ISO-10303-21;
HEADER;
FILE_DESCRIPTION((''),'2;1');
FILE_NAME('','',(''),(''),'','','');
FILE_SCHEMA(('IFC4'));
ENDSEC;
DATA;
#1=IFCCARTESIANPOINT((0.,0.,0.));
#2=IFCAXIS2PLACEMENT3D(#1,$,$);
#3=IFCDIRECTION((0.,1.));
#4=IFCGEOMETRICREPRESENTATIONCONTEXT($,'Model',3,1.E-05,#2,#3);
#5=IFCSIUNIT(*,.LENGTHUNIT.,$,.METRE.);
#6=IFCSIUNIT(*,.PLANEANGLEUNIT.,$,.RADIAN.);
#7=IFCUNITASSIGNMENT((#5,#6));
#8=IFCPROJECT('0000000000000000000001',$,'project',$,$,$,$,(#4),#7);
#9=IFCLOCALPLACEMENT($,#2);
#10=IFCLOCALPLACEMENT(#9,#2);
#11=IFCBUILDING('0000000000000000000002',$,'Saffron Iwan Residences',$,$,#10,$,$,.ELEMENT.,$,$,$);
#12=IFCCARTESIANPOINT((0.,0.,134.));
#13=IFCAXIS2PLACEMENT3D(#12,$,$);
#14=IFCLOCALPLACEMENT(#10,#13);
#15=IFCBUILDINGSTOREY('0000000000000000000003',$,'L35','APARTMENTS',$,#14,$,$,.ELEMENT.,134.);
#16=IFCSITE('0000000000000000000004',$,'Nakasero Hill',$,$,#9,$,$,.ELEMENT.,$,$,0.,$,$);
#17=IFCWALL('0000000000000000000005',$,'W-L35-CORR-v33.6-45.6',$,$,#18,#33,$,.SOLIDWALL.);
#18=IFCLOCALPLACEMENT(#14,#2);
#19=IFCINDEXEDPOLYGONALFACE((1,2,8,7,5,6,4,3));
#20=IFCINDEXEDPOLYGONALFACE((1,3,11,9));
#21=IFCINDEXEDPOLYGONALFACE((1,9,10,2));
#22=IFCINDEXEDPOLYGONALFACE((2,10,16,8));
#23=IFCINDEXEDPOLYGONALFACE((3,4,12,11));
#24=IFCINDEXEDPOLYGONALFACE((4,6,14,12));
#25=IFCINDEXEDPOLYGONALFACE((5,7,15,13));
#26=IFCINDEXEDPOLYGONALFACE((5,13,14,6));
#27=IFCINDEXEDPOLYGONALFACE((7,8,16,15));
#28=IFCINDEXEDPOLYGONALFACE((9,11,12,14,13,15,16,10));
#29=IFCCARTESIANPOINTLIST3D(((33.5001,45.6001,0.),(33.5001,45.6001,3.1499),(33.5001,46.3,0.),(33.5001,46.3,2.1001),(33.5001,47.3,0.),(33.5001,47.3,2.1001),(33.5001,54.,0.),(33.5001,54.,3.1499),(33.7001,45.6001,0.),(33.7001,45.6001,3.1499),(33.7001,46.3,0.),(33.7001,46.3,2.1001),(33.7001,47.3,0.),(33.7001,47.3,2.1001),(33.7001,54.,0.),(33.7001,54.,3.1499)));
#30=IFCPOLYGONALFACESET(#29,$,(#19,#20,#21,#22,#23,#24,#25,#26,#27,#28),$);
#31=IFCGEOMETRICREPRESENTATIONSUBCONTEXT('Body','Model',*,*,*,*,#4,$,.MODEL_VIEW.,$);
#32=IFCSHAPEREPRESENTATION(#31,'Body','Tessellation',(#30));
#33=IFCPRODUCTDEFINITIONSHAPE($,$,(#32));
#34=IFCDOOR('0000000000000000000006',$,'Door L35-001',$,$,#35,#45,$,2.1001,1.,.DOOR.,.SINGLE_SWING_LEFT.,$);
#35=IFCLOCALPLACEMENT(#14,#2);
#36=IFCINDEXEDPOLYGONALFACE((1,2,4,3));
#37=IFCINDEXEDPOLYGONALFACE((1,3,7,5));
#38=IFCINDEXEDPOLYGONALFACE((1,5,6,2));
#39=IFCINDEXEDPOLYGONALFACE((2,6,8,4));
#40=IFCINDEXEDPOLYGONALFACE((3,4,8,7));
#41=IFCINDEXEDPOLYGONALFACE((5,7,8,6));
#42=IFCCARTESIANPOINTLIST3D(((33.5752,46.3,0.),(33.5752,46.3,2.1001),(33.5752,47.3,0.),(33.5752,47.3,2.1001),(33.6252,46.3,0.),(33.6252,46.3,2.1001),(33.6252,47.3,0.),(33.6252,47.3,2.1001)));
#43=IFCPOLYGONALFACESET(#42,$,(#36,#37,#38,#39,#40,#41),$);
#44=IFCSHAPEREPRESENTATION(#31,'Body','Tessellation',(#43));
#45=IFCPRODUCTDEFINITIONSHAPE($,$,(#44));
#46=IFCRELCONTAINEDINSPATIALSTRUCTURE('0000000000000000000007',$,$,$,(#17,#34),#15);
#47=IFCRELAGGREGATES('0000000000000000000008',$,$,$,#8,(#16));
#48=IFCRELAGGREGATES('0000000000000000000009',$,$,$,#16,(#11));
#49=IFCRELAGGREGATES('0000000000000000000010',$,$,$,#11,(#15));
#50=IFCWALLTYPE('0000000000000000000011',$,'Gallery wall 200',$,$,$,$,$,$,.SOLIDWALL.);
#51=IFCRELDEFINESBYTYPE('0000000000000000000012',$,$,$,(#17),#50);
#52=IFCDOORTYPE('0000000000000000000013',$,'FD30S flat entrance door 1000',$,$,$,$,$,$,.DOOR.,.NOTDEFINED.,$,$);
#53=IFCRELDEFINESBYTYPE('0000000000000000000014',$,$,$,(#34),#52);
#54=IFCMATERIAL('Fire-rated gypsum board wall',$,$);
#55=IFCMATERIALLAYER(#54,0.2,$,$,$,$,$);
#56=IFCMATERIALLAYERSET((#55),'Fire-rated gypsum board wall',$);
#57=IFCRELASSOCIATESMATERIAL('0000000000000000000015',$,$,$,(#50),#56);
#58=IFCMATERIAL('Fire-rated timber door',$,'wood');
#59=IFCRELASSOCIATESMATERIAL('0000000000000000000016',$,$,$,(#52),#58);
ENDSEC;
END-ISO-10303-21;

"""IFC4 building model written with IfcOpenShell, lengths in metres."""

from ifc_helpers import new_model, si_unit, direction, frame, frame_2d, origin, place, context, subcontext, project, spatial, rectangle, extrude, material, layer, layer_set, type_object, element, fill, save


model = new_model("IFC4")

# Units and contexts
model_context = context("Model", 3, precision=1e-05, world=origin(), true_north=direction((0.0, 1.0)))
body_context = subcontext(model_context, "Body", "Model", "MODEL_VIEW")
ifc_project = project(units=[si_unit("LENGTHUNIT", "METRE"), si_unit("PLANEANGLEUNIT", "RADIAN")], contexts=[model_context])

# Site, building, storey
site_placement = place(None, origin())
site = spatial("IfcSite", under=ifc_project, at=site_placement, Name="Nakasero Hill", CompositionType="ELEMENT", RefElevation=0.0)
building_placement = place(site_placement, origin())
building = spatial("IfcBuilding", under=site, at=building_placement, Name="Saffron Iwan Residences", CompositionType="ELEMENT")
storey_placement = place(building_placement, frame((0.0, 0.0, 134.0)))
storey = spatial("IfcBuildingStorey", under=building, at=storey_placement, Name="L35", Description="APARTMENTS", CompositionType="ELEMENT", Elevation=134.0)

# Wall, opening, door
ifc_material_1 = material(Name="Fire-rated gypsum board wall")
ifc_layer_1 = layer(ifc_material_1, 0.2)
ifc_layer_set_1 = layer_set([ifc_layer_1], Name="Fire-rated gypsum board wall")
wall_type_1 = type_object("IfcWallType", Name="Gallery wall 200", PredefinedType="SOLIDWALL", material=ifc_layer_set_1)
wall_1_placement = place(storey_placement, frame((33.6001, 45.6001, 0.0), z_axis=(0.0, 0.0, 1.0), x_axis=(0.0, 1.0, 0.0)))
wall_1 = element("IfcWall", 1, at=wall_1_placement, inside=storey, type_object=wall_type_1, Name="W-L35-CORR-v33.6-45.6", PredefinedType="SOLIDWALL", context=body_context, shape_type="SweptSolid", body=[
    extrude(rectangle(XDim=8.3999, YDim=0.2, at=frame_2d((4.2, 0.0))), origin(), (0.0, 0.0, 1.0), 3.1499),
])
opening_1_placement = place(wall_1_placement, frame((0.7, 0.0, 0.0)))
opening_1 = element("IfcOpeningElement", 2, at=opening_1_placement, cuts=wall_1, PredefinedType="OPENING", context=body_context, shape_type="SweptSolid", body=[
    extrude(rectangle(XDim=1.0, YDim=2.1001, at=frame_2d((0.5, 1.05))), frame((0.0, 0.1099, 0.0), z_axis=(0.0, -1.0, 0.0), x_axis=(1.0, 0.0, 0.0)), (0.0, 0.0, 1.0), 0.22),
])
ifc_material_2 = material(Name="Fire-rated timber door", Category="wood")
door_type_1 = type_object("IfcDoorType", Name="FD30S flat entrance door 1000", OperationType="NOTDEFINED", PredefinedType="DOOR", material=ifc_material_2)
door_1_placement = place(opening_1_placement, origin())
door_1 = element("IfcDoor", 3, at=door_1_placement, inside=storey, type_object=door_type_1, Name="Door L35-001", OperationType="SINGLE_SWING_LEFT", OverallHeight=2.1001, OverallWidth=1.0, PredefinedType="DOOR", context=body_context, shape_type="SweptSolid", body=[
    extrude(rectangle(XDim=1.0, YDim=2.1001, at=frame_2d((0.5, 1.05))), frame((0.0, 0.0249, 0.0), z_axis=(0.0, -1.0, 0.0), x_axis=(1.0, 0.0, 0.0)), (0.0, 0.0, 1.0), 0.05),
])
fill(opening_1, door_1)

save(model, "model.ifc")
